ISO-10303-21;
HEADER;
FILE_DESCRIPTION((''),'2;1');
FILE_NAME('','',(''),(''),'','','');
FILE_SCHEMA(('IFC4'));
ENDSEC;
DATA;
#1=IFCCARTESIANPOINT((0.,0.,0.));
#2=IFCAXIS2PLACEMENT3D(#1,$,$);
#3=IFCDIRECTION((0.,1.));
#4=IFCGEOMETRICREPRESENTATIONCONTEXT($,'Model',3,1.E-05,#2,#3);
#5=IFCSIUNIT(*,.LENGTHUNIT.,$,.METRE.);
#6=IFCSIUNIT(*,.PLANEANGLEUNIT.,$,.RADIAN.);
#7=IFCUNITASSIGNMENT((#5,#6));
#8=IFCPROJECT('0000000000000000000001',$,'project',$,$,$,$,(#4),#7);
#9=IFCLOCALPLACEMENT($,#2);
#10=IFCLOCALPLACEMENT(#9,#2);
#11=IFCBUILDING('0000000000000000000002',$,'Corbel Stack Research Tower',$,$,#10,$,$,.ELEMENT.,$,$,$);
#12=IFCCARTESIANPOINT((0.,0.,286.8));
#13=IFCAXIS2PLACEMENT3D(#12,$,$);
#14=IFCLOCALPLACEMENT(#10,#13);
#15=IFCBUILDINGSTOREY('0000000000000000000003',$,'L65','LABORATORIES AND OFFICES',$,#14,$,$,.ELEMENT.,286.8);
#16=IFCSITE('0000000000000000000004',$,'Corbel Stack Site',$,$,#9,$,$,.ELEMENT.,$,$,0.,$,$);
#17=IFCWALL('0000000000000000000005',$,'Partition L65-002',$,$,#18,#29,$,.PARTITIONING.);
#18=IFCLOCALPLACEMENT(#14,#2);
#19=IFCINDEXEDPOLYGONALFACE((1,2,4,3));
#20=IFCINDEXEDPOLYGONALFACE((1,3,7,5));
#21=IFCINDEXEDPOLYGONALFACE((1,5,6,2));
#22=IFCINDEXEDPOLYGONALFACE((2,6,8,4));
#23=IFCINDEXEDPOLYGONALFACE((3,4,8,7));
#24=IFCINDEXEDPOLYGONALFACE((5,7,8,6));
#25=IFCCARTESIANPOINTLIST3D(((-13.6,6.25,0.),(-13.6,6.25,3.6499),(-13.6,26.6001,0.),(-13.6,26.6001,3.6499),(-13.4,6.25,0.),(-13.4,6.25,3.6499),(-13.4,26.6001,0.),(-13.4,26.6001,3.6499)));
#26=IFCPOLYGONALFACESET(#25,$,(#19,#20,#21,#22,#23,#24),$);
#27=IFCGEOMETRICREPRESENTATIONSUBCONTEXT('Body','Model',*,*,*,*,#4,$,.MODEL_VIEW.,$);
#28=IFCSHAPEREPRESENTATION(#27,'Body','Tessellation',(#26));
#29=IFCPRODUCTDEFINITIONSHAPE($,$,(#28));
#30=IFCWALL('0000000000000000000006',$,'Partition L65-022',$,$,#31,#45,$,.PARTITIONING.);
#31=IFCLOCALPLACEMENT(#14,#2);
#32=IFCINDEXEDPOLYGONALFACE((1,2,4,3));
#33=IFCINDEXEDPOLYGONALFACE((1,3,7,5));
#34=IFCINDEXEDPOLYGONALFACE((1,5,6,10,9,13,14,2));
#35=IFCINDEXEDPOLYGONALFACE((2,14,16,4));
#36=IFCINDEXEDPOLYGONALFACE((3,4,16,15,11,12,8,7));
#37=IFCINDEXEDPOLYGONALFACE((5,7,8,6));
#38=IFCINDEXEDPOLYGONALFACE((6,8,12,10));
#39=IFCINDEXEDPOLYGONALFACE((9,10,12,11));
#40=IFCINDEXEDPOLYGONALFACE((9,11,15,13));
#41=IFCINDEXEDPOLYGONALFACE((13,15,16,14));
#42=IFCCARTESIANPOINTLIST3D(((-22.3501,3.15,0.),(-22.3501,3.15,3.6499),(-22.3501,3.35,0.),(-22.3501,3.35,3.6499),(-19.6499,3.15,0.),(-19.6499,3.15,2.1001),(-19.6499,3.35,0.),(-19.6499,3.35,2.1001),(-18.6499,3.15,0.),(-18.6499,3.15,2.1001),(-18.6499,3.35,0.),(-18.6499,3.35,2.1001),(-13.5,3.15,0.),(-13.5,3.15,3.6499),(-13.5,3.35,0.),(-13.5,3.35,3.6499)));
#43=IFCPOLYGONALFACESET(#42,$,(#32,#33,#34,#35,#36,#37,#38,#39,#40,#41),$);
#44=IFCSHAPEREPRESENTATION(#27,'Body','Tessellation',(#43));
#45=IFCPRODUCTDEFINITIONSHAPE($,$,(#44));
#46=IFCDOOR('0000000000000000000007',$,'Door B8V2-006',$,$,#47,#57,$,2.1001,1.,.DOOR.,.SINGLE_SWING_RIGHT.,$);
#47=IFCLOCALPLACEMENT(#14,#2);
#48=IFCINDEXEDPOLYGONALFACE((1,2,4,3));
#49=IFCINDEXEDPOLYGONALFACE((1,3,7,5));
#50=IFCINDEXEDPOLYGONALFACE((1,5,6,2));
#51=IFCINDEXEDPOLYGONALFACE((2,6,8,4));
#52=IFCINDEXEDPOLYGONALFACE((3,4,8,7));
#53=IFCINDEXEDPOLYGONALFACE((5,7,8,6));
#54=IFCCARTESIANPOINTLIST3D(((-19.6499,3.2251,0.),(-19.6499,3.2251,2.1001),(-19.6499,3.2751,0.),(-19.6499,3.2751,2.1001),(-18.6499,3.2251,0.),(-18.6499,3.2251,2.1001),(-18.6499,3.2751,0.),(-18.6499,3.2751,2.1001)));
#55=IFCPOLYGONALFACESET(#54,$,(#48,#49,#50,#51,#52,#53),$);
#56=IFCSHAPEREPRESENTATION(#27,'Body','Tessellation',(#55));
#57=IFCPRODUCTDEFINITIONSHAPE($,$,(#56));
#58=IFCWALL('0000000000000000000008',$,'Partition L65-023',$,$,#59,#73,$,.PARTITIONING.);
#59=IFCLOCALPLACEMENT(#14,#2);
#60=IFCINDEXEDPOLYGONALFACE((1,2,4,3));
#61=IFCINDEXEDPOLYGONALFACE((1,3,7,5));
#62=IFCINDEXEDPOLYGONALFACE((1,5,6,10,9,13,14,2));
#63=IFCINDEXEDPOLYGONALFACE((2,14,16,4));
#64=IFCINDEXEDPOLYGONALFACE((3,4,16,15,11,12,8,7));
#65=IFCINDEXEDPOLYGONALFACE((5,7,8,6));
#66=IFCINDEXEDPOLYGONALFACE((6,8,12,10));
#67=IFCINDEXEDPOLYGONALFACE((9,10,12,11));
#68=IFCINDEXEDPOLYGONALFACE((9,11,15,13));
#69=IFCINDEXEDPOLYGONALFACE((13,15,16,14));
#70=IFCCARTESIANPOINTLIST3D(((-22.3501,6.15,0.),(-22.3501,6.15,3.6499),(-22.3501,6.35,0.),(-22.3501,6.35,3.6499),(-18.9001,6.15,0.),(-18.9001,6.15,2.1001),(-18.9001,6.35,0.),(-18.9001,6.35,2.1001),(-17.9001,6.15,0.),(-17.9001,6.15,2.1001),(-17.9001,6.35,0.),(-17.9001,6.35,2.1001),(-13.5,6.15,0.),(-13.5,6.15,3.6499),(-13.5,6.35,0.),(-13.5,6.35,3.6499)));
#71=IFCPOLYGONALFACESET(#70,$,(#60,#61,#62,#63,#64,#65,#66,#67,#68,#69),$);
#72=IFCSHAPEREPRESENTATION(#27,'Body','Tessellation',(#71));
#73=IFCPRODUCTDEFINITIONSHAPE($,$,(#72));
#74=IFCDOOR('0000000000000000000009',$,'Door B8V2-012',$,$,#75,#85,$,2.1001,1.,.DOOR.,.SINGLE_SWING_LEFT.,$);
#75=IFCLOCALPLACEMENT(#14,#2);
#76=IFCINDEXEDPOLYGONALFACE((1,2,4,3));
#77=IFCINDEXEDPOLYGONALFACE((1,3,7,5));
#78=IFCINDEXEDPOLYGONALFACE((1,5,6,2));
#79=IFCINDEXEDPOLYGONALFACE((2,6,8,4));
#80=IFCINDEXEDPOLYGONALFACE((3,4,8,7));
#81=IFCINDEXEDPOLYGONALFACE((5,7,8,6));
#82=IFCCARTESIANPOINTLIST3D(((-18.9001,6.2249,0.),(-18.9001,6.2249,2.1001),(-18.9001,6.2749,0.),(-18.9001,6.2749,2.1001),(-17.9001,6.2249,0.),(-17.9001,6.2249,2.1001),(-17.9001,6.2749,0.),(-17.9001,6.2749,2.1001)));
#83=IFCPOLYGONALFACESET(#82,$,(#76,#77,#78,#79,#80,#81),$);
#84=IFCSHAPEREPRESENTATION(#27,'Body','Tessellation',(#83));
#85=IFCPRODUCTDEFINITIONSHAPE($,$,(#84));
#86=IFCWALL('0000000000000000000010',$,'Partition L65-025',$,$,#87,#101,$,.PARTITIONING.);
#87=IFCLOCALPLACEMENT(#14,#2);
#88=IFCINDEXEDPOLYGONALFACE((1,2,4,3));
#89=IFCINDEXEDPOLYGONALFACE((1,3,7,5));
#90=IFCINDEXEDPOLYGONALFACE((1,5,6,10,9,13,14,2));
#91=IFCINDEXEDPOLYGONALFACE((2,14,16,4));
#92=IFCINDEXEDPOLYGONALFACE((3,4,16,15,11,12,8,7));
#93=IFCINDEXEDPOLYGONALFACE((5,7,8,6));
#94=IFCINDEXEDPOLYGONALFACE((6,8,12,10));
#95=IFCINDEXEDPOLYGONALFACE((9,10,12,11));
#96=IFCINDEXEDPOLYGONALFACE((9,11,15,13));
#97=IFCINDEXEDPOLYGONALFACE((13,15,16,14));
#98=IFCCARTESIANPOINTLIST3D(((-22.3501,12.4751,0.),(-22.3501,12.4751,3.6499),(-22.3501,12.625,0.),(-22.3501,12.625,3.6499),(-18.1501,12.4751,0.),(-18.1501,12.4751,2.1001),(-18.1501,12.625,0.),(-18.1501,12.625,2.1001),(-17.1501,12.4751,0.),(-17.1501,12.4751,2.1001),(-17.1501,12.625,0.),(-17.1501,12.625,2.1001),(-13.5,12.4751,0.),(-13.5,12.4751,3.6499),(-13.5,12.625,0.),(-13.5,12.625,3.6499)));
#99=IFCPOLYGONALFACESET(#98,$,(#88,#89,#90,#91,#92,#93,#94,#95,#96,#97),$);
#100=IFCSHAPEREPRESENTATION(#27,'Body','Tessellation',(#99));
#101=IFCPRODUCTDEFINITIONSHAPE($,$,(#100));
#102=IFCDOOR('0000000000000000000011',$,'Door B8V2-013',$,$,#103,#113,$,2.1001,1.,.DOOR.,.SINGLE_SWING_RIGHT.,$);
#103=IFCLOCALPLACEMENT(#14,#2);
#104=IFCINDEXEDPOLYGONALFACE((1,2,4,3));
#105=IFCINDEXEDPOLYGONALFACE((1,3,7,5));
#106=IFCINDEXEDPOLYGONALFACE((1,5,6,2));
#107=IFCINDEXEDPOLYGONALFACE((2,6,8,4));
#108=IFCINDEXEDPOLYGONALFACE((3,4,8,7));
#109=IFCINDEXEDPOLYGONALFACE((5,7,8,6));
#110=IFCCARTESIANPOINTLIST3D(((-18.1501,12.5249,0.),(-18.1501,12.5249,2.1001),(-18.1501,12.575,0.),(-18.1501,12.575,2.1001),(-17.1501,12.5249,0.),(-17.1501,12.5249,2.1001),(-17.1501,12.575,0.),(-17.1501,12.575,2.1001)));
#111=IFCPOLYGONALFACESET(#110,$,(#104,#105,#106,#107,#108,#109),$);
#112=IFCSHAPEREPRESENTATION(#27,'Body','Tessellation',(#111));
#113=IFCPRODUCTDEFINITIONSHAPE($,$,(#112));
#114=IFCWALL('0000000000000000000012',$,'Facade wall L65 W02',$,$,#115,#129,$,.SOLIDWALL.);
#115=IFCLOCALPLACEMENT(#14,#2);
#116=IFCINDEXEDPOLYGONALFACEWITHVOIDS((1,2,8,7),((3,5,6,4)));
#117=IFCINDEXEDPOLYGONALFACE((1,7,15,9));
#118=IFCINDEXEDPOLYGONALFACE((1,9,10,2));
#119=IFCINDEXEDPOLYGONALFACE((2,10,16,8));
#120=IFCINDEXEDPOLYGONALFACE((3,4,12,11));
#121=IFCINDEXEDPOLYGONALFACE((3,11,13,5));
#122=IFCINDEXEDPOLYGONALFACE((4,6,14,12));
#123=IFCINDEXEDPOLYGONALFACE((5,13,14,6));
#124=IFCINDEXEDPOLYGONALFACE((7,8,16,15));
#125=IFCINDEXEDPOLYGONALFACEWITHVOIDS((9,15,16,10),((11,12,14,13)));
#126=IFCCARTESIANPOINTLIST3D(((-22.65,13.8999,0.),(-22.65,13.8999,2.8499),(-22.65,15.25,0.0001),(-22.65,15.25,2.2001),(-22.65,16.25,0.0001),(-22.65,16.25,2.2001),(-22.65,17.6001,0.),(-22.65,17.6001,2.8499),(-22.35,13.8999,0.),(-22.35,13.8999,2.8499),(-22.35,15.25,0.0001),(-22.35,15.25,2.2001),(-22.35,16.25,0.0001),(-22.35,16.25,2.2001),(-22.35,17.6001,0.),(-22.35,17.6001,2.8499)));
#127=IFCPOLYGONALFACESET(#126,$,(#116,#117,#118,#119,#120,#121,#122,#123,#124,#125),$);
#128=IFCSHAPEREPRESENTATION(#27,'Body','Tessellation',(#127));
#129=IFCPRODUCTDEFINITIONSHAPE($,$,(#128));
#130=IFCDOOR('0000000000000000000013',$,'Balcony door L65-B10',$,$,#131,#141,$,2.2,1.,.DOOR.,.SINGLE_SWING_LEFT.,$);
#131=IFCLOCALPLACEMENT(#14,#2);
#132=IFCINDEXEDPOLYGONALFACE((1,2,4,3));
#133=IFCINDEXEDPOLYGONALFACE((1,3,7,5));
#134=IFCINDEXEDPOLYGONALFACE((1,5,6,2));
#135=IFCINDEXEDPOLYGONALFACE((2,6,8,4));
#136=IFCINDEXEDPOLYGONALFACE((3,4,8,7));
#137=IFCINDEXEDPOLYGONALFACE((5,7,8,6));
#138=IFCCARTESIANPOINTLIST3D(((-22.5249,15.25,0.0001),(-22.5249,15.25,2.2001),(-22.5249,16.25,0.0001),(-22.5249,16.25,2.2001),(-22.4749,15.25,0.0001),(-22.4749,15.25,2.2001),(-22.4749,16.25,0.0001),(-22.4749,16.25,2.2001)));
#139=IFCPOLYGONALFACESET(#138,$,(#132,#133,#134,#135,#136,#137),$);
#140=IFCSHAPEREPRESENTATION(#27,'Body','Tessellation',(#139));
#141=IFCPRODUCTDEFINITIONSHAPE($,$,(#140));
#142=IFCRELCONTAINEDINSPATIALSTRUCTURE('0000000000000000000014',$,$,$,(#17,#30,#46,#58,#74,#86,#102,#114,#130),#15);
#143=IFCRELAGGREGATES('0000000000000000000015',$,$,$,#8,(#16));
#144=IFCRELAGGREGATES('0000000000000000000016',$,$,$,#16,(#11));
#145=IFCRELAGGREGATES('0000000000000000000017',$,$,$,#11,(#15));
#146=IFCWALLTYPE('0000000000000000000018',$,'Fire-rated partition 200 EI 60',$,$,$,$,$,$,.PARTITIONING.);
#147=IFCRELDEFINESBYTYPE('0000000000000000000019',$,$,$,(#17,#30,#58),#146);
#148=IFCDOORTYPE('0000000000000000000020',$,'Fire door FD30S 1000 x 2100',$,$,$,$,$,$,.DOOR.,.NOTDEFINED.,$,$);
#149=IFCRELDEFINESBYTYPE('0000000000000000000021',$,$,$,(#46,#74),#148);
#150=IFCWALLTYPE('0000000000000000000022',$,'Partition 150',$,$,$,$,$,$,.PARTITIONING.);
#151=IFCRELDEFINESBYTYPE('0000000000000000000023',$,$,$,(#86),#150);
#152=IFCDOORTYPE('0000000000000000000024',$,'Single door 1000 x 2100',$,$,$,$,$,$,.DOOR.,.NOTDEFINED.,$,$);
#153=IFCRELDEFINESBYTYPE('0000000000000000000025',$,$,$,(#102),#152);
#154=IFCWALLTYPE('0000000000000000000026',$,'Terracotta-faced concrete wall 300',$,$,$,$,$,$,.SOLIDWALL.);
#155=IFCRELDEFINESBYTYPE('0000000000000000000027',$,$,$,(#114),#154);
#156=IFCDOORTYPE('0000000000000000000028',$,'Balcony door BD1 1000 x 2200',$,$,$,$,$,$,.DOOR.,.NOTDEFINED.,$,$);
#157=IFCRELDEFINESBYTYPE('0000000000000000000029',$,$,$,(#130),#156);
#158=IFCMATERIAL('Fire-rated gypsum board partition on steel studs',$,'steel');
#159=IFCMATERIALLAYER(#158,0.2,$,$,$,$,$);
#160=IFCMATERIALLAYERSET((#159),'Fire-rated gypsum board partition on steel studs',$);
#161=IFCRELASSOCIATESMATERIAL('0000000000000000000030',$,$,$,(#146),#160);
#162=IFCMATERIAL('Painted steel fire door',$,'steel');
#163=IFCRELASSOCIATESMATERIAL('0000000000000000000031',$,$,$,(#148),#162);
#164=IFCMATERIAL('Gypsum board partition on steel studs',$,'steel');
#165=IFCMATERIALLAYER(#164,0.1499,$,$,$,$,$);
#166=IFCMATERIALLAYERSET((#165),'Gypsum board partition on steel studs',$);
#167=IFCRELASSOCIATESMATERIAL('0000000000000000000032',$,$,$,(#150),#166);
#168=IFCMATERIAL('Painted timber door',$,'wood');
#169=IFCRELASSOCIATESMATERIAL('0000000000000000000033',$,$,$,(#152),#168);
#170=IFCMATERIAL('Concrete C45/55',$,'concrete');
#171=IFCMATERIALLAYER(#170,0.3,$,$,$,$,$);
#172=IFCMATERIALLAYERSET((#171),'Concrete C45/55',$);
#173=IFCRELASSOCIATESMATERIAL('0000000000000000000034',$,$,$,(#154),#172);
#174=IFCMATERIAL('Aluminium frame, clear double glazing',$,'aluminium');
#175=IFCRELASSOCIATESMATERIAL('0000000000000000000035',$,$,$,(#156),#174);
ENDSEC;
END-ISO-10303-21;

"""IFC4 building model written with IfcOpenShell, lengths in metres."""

from ifc_helpers import new_model, si_unit, direction, frame, frame_2d, origin, place, context, subcontext, project, spatial, rectangle, extrude, material, layer, layer_set, type_object, element, fill, save


model = new_model("IFC4")

# Units and contexts
model_context = context("Model", 3, precision=1e-05, world=origin(), true_north=direction((0.0, 1.0)))
body_context = subcontext(model_context, "Body", "Model", "MODEL_VIEW")
ifc_project = project(units=[si_unit("LENGTHUNIT", "METRE"), si_unit("PLANEANGLEUNIT", "RADIAN")], contexts=[model_context])

# Site, building, storey
site_placement = place(None, origin())
site = spatial("IfcSite", under=ifc_project, at=site_placement, Name="Corbel Stack Site", CompositionType="ELEMENT", RefElevation=0.0)
building_placement = place(site_placement, origin())
building = spatial("IfcBuilding", under=site, at=building_placement, Name="Corbel Stack Research Tower", CompositionType="ELEMENT")
storey_placement = place(building_placement, frame((0.0, 0.0, 286.8)))
storey = spatial("IfcBuildingStorey", under=building, at=storey_placement, Name="L65", Description="LABORATORIES AND OFFICES", CompositionType="ELEMENT", Elevation=286.8)

# Wall
ifc_material_1 = material(Name="Fire-rated gypsum board partition on steel studs", Category="steel")
ifc_layer_1 = layer(ifc_material_1, 0.2)
ifc_layer_set_1 = layer_set([ifc_layer_1], Name="Fire-rated gypsum board partition on steel studs")
wall_type_1 = type_object("IfcWallType", Name="Fire-rated partition 200 EI 60", PredefinedType="PARTITIONING", material=ifc_layer_set_1)
wall_1_placement = place(storey_placement, frame((-13.5, 6.25, 0.0), z_axis=(0.0, 0.0, 1.0), x_axis=(0.0, 1.0, 0.0)))
element("IfcWall", 1, at=wall_1_placement, inside=storey, type_object=wall_type_1, Name="Partition L65-002", PredefinedType="PARTITIONING", context=body_context, shape_type="SweptSolid", body=[
    extrude(rectangle(XDim=20.3501, YDim=0.2, at=frame_2d((10.175, 0.0))), origin(), (0.0, 0.0, 1.0), 3.6499),
])

# Walls, openings, doors
wall_2_placement = place(storey_placement, frame((-13.5, 3.25, 0.0), z_axis=(0.0, 0.0, 1.0), x_axis=(-1.0, 0.0, 0.0)))
wall_2 = element("IfcWall", 2, at=wall_2_placement, inside=storey, type_object=wall_type_1, Name="Partition L65-022", PredefinedType="PARTITIONING", context=body_context, shape_type="SweptSolid", body=[
    extrude(rectangle(XDim=8.8501, YDim=0.2, at=frame_2d((4.425, 0.0))), origin(), (0.0, 0.0, 1.0), 3.6499),
])
opening_1_placement = place(wall_2_placement, frame((5.1499, 0.0, 0.0)))
opening_1 = element("IfcOpeningElement", 3, at=opening_1_placement, cuts=wall_2, PredefinedType="OPENING", context=body_context, shape_type="SweptSolid", body=[
    extrude(rectangle(XDim=1.0, YDim=2.1001, at=frame_2d((0.5, 1.05))), frame((0.0, 0.1099, 0.0), z_axis=(0.0, -1.0, 0.0), x_axis=(1.0, 0.0, 0.0)), (0.0, 0.0, 1.0), 0.22),
])
ifc_material_2 = material(Name="Painted steel fire door", Category="steel")
door_type_1 = type_object("IfcDoorType", Name="Fire door FD30S 1000 x 2100", OperationType="NOTDEFINED", PredefinedType="DOOR", material=ifc_material_2)
door_1_placement = place(opening_1_placement, origin())
door_1 = element("IfcDoor", 4, at=door_1_placement, inside=storey, type_object=door_type_1, Name="Door B8V2-006", OperationType="SINGLE_SWING_RIGHT", OverallHeight=2.1001, OverallWidth=1.0, PredefinedType="DOOR", context=body_context, shape_type="SweptSolid", body=[
    extrude(rectangle(XDim=1.0, YDim=2.1001, at=frame_2d((0.5, 1.05))), frame((0.0, 0.0249, 0.0), z_axis=(0.0, -1.0, 0.0), x_axis=(1.0, 0.0, 0.0)), (0.0, 0.0, 1.0), 0.05),
])
fill(opening_1, door_1)
wall_3_placement = place(storey_placement, frame((-22.3501, 6.25, 0.0), z_axis=(0.0, 0.0, 1.0), x_axis=(1.0, 0.0, 0.0)))
wall_3 = element("IfcWall", 5, at=wall_3_placement, inside=storey, type_object=wall_type_1, Name="Partition L65-023", PredefinedType="PARTITIONING", context=body_context, shape_type="SweptSolid", body=[
    extrude(rectangle(XDim=8.8501, YDim=0.2, at=frame_2d((4.425, 0.0))), origin(), (0.0, 0.0, 1.0), 3.6499),
])
opening_2_placement = place(wall_3_placement, frame((3.45, 0.0, 0.0)))
opening_2 = element("IfcOpeningElement", 6, at=opening_2_placement, cuts=wall_3, PredefinedType="OPENING", context=body_context, shape_type="SweptSolid", body=[
    extrude(rectangle(XDim=1.0, YDim=2.1001, at=frame_2d((0.5, 1.05))), frame((0.0, 0.1099, 0.0), z_axis=(0.0, -1.0, 0.0), x_axis=(1.0, 0.0, 0.0)), (0.0, 0.0, 1.0), 0.22),
])
door_2_placement = place(opening_2_placement, origin())
door_2 = element("IfcDoor", 7, at=door_2_placement, inside=storey, type_object=door_type_1, Name="Door B8V2-012", OperationType="SINGLE_SWING_LEFT", OverallHeight=2.1001, OverallWidth=1.0, PredefinedType="DOOR", context=body_context, shape_type="SweptSolid", body=[
    extrude(rectangle(XDim=1.0, YDim=2.1001, at=frame_2d((0.5, 1.05))), frame((0.0, 0.0249, 0.0), z_axis=(0.0, -1.0, 0.0), x_axis=(1.0, 0.0, 0.0)), (0.0, 0.0, 1.0), 0.05),
])
fill(opening_2, door_2)
ifc_material_3 = material(Name="Gypsum board partition on steel studs", Category="steel")
ifc_layer_2 = layer(ifc_material_3, 0.1499)
ifc_layer_set_2 = layer_set([ifc_layer_2], Name="Gypsum board partition on steel studs")
wall_type_2 = type_object("IfcWallType", Name="Partition 150", PredefinedType="PARTITIONING", material=ifc_layer_set_2)
wall_4_placement = place(storey_placement, frame((-22.3501, 12.55, 0.0), z_axis=(0.0, 0.0, 1.0), x_axis=(1.0, 0.0, 0.0)))
wall_4 = element("IfcWall", 8, at=wall_4_placement, inside=storey, type_object=wall_type_2, Name="Partition L65-025", PredefinedType="PARTITIONING", context=body_context, shape_type="SweptSolid", body=[
    extrude(rectangle(XDim=8.8501, YDim=0.1499, at=frame_2d((4.425, 0.0))), origin(), (0.0, 0.0, 1.0), 3.6499),
])
opening_3_placement = place(wall_4_placement, frame((4.2, 0.0, 0.0)))
opening_3 = element("IfcOpeningElement", 9, at=opening_3_placement, cuts=wall_4, PredefinedType="OPENING", context=body_context, shape_type="SweptSolid", body=[
    extrude(rectangle(XDim=1.0, YDim=2.1001, at=frame_2d((0.5, 1.05))), frame((0.0, 0.085, 0.0), z_axis=(0.0, -1.0, 0.0), x_axis=(1.0, 0.0, 0.0)), (0.0, 0.0, 1.0), 0.1699),
])
ifc_material_4 = material(Name="Painted timber door", Category="wood")
door_type_2 = type_object("IfcDoorType", Name="Single door 1000 x 2100", OperationType="NOTDEFINED", PredefinedType="DOOR", material=ifc_material_4)
door_3_placement = place(opening_3_placement, origin())
door_3 = element("IfcDoor", 10, at=door_3_placement, inside=storey, type_object=door_type_2, Name="Door B8V2-013", OperationType="SINGLE_SWING_RIGHT", OverallHeight=2.1001, OverallWidth=1.0, PredefinedType="DOOR", context=body_context, shape_type="SweptSolid", body=[
    extrude(rectangle(XDim=1.0, YDim=2.1001, at=frame_2d((0.5, 1.05))), frame((0.0, 0.0249, 0.0), z_axis=(0.0, -1.0, 0.0), x_axis=(1.0, 0.0, 0.0)), (0.0, 0.0, 1.0), 0.05),
])
fill(opening_3, door_3)
ifc_material_5 = material(Name="Concrete C45/55", Category="concrete")
ifc_layer_3 = layer(ifc_material_5, 0.3)
ifc_layer_set_3 = layer_set([ifc_layer_3], Name="Concrete C45/55")
wall_type_3 = type_object("IfcWallType", Name="Terracotta-faced concrete wall 300", PredefinedType="SOLIDWALL", material=ifc_layer_set_3)
wall_5_placement = place(storey_placement, frame((-22.5, 13.8999, 0.0), z_axis=(0.0, 0.0, 1.0), x_axis=(0.0, 1.0, 0.0)))
wall_5 = element("IfcWall", 11, at=wall_5_placement, inside=storey, type_object=wall_type_3, Name="Facade wall L65 W02", PredefinedType="SOLIDWALL", context=body_context, shape_type="SweptSolid", body=[
    extrude(rectangle(XDim=3.7002, YDim=0.3, at=frame_2d((1.8501, 0.0))), origin(), (0.0, 0.0, 1.0), 2.8499),
])
opening_4_placement = place(wall_5_placement, frame((1.3501, 0.0, 0.0)))
opening_4 = element("IfcOpeningElement", 12, at=opening_4_placement, cuts=wall_5, PredefinedType="OPENING", context=body_context, shape_type="SweptSolid", body=[
    extrude(rectangle(XDim=1.0, YDim=2.2, at=frame_2d((0.5, 1.1001))), frame((0.0, 0.1599, 0.0), z_axis=(0.0, -1.0, 0.0), x_axis=(1.0, 0.0, 0.0)), (0.0, 0.0, 1.0), 0.3201),
])
ifc_material_6 = material(Name="Aluminium frame, clear double glazing", Category="aluminium")
door_type_3 = type_object("IfcDoorType", Name="Balcony door BD1 1000 x 2200", OperationType="NOTDEFINED", PredefinedType="DOOR", material=ifc_material_6)
door_4_placement = place(opening_4_placement, origin())
door_4 = element("IfcDoor", 13, at=door_4_placement, inside=storey, type_object=door_type_3, Name="Balcony door L65-B10", OperationType="SINGLE_SWING_LEFT", OverallHeight=2.2, OverallWidth=1.0, PredefinedType="DOOR", context=body_context, shape_type="SweptSolid", body=[
    extrude(rectangle(XDim=1.0, YDim=2.2, at=frame_2d((0.5, 1.1001))), frame((0.0, 0.0249, 0.0), z_axis=(0.0, -1.0, 0.0), x_axis=(1.0, 0.0, 0.0)), (0.0, 0.0, 1.0), 0.05),
])
fill(opening_4, door_4)

save(model, "model.ifc")
